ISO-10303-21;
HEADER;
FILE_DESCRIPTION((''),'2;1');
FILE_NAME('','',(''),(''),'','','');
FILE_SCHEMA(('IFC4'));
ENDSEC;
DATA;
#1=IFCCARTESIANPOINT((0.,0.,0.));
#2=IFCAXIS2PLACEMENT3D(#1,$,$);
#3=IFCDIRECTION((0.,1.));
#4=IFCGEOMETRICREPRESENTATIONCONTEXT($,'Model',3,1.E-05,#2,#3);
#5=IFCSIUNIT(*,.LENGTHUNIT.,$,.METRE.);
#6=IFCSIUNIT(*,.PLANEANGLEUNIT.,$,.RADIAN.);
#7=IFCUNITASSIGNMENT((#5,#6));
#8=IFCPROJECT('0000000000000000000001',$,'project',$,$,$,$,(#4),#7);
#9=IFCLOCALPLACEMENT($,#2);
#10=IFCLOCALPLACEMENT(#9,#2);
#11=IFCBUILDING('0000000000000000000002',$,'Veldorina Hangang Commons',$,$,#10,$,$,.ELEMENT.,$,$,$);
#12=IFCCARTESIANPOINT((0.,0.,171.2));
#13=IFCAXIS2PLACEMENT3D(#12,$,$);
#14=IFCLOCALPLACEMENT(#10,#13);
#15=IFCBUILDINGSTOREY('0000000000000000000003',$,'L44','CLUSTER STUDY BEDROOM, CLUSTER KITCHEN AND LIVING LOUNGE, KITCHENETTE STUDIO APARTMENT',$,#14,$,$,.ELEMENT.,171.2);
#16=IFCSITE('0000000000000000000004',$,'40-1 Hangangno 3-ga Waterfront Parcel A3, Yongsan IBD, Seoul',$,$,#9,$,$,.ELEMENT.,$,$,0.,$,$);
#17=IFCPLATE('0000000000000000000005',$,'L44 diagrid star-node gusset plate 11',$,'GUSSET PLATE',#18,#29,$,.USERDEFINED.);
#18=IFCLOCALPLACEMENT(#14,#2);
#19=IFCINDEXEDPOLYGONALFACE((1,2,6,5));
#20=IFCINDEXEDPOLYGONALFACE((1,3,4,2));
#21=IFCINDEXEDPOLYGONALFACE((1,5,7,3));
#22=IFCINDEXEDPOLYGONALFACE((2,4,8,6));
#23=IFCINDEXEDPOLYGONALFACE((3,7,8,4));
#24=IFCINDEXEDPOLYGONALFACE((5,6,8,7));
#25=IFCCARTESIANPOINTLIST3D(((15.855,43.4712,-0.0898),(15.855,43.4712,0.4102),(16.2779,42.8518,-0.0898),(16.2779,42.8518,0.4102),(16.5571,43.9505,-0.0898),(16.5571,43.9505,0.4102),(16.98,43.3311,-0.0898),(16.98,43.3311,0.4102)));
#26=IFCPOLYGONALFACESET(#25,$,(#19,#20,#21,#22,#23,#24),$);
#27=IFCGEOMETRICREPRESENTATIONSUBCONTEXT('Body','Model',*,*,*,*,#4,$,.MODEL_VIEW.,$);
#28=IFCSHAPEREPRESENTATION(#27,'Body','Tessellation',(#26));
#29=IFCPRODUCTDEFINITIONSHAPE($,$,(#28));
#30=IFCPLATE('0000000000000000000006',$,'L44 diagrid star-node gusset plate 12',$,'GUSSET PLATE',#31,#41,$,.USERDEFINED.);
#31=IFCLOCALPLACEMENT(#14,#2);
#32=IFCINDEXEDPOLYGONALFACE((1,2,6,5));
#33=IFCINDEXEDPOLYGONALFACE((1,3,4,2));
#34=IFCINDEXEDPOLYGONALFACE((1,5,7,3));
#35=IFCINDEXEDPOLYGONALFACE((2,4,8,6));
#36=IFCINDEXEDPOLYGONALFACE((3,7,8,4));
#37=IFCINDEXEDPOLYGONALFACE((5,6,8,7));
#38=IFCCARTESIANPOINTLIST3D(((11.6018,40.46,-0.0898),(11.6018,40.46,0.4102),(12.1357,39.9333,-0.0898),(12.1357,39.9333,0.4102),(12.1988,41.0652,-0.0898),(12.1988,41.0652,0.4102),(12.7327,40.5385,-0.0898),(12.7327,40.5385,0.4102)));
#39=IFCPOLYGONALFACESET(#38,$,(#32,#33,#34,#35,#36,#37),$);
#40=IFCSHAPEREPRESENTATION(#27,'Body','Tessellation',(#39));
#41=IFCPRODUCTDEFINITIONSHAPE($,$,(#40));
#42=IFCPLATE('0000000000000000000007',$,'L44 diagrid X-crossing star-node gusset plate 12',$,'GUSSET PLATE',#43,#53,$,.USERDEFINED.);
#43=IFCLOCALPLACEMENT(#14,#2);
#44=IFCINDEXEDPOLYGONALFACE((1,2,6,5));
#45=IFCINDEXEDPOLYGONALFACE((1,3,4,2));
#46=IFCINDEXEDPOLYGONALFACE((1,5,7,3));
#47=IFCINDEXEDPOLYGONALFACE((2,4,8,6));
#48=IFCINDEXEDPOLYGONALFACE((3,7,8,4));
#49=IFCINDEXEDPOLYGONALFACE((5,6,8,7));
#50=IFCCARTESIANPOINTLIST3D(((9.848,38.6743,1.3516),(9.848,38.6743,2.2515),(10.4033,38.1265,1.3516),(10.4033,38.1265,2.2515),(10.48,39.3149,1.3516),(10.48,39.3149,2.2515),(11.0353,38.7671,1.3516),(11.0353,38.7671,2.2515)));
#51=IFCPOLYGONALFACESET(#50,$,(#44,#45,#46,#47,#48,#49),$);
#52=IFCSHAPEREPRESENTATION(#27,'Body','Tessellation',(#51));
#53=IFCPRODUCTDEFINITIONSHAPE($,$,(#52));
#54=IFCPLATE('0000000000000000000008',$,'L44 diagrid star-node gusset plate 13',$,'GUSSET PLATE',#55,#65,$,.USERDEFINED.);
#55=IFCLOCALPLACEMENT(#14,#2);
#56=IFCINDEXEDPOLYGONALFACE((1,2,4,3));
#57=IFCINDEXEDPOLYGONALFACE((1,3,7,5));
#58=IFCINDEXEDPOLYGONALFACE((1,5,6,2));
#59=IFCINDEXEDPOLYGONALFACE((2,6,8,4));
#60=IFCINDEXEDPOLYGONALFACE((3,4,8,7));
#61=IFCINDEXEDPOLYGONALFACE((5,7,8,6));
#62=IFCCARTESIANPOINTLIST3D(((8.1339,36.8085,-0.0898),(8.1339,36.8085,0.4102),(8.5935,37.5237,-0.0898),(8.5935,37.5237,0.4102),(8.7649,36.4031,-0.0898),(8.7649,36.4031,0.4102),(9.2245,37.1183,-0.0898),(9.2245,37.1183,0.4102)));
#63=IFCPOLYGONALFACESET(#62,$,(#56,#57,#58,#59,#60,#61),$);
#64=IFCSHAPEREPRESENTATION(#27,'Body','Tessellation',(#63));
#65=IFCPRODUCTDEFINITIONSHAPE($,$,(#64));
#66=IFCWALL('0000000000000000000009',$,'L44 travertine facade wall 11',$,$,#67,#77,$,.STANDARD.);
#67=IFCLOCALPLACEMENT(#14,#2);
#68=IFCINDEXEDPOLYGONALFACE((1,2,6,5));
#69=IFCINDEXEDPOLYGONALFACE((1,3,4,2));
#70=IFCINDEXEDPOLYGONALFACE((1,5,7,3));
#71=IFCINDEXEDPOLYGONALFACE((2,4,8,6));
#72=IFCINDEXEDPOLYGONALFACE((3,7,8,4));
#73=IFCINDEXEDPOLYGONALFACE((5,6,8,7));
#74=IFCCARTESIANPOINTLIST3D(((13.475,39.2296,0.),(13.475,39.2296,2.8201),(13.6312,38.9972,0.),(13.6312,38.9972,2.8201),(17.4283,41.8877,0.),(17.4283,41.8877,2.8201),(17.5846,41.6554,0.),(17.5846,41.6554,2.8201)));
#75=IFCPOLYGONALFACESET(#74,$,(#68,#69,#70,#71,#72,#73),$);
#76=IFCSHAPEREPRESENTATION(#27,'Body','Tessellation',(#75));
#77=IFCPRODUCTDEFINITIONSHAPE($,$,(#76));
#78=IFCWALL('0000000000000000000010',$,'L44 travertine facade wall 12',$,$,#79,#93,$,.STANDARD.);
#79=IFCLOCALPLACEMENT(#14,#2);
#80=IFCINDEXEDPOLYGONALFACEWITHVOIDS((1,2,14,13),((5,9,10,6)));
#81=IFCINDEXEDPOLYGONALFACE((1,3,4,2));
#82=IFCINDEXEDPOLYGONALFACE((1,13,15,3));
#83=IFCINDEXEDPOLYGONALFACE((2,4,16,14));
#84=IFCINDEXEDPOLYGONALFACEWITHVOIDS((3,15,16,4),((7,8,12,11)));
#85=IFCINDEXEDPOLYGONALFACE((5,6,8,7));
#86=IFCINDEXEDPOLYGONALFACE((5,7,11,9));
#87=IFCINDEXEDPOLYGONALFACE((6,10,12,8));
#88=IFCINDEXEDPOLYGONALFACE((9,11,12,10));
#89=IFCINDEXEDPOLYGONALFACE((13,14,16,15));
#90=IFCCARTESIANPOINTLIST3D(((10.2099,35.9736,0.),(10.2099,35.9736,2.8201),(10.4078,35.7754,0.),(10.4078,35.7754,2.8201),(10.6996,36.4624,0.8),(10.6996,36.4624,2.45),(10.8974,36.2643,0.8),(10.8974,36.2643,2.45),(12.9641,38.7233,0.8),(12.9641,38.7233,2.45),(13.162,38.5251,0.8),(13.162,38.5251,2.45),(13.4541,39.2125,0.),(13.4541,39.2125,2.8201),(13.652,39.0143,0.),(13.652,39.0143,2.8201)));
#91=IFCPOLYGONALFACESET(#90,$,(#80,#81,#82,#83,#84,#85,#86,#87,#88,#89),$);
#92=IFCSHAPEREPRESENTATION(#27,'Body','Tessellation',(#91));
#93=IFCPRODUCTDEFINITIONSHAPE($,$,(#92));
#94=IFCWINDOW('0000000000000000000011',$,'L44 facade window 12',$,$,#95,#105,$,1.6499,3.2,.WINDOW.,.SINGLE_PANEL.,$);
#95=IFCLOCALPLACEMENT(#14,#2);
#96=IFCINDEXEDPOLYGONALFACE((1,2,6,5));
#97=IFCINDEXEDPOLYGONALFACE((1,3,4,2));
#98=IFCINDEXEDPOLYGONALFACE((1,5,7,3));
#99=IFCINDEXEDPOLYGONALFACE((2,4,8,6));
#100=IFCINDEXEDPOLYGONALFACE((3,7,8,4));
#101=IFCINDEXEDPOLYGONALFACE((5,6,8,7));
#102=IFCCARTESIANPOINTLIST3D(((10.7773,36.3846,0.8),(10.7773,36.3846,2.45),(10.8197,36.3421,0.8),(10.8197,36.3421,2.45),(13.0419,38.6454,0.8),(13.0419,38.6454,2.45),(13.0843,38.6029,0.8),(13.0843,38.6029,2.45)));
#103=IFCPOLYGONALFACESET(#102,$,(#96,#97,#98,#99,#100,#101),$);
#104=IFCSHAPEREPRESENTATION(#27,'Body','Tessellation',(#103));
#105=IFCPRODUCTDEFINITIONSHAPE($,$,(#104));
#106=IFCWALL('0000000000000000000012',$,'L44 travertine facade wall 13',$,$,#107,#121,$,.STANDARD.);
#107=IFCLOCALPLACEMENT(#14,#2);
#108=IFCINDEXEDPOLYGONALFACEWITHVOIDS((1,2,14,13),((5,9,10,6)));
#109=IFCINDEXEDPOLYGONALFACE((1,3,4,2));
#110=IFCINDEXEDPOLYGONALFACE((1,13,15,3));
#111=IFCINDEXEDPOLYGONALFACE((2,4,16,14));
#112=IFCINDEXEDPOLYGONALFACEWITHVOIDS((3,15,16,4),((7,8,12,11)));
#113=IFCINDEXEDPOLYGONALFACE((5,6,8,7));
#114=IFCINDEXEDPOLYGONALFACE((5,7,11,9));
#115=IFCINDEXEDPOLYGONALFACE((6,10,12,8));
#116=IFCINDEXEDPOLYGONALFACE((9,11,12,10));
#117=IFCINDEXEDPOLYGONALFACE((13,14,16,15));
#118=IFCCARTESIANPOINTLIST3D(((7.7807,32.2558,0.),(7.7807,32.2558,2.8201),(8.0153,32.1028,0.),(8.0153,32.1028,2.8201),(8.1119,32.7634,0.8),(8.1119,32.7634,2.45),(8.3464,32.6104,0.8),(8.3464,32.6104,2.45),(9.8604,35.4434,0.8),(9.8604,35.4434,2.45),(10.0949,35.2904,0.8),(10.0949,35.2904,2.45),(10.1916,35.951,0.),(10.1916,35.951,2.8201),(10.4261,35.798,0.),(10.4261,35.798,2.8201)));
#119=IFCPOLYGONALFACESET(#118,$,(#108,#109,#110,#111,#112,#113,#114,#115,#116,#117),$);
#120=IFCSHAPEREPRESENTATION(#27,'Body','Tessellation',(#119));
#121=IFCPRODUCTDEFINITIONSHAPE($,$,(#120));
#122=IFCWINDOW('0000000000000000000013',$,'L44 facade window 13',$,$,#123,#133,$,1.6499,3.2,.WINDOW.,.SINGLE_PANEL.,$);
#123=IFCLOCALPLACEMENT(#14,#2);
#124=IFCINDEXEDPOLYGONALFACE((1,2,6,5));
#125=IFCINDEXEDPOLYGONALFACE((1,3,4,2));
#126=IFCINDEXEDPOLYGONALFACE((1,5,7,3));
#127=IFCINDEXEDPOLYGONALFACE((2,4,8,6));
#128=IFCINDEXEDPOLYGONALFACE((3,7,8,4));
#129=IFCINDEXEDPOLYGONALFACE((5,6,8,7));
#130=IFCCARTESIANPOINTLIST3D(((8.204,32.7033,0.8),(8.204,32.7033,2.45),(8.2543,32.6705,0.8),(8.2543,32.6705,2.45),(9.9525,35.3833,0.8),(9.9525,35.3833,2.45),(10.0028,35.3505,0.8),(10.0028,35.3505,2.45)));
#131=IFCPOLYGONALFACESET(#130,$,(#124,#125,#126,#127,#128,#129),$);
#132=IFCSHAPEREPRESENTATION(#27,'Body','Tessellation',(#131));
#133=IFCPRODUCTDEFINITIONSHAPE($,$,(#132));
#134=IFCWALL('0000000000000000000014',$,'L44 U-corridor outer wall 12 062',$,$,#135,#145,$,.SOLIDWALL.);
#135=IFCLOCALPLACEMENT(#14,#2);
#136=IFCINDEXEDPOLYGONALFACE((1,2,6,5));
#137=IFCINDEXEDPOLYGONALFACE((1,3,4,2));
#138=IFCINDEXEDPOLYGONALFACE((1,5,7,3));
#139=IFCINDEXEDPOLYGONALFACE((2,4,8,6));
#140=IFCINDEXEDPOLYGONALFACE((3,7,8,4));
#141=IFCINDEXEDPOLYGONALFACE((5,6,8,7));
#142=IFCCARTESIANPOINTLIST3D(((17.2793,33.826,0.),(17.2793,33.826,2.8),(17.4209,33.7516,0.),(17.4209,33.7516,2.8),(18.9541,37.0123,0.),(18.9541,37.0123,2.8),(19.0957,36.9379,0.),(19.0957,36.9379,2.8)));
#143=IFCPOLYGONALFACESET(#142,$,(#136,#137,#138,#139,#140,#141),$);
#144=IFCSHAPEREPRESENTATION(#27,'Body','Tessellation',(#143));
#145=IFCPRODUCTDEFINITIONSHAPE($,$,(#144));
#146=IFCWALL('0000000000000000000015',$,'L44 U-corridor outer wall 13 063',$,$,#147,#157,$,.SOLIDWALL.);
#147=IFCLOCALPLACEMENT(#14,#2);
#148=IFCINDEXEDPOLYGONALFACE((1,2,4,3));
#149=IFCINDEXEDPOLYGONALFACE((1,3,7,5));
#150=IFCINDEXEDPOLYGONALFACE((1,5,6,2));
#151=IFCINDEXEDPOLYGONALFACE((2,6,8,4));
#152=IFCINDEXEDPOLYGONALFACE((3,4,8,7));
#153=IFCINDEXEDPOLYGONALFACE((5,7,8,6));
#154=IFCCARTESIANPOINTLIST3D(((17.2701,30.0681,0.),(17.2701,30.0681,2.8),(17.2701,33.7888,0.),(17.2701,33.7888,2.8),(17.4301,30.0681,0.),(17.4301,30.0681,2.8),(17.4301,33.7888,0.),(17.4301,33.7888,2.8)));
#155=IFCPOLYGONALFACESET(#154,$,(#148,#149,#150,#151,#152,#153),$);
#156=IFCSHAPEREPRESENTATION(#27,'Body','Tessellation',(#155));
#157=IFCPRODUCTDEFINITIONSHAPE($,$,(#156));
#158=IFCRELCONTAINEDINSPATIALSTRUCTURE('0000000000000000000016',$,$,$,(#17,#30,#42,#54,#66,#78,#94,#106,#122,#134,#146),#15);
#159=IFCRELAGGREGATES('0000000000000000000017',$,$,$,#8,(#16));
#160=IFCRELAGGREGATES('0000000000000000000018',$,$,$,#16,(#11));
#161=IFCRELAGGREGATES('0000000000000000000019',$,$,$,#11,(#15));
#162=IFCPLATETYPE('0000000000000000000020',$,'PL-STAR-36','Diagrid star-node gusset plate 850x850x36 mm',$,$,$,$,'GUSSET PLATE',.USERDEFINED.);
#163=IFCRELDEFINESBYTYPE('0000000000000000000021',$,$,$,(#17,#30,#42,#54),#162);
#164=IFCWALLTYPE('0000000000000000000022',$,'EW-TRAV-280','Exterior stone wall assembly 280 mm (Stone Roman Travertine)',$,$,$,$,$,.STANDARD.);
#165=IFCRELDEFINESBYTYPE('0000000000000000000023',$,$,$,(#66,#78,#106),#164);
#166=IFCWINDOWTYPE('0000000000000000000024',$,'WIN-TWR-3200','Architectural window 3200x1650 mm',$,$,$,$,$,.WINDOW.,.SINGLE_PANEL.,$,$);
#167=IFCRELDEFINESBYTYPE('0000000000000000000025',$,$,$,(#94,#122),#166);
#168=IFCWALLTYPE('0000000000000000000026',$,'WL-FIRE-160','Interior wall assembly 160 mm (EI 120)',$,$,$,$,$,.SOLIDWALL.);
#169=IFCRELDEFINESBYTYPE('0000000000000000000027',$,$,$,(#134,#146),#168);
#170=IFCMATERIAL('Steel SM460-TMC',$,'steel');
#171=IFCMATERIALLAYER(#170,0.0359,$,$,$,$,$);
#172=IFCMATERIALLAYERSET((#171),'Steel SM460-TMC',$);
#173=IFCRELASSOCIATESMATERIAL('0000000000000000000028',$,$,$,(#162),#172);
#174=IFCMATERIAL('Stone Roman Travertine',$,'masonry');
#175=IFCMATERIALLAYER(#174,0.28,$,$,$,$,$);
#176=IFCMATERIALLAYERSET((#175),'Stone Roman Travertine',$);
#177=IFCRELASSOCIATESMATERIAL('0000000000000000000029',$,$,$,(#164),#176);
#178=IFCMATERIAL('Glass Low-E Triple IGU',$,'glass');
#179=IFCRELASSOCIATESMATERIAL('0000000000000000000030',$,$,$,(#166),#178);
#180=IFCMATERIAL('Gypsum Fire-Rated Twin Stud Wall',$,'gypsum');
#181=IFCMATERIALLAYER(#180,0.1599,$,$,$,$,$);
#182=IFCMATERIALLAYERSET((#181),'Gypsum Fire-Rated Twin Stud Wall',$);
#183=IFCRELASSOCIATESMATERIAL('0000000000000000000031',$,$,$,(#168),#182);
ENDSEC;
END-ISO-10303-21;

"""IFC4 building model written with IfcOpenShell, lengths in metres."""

from ifc_helpers import new_model, si_unit, direction, frame, frame_2d, origin, origin_2d, place, context, subcontext, project, spatial, rectangle, extrude, material, layer, layer_set, type_object, element, fill, save


model = new_model("IFC4")

# Units and contexts
model_context = context("Model", 3, precision=1e-05, world=origin(), true_north=direction((0.0, 1.0)))
body_context = subcontext(model_context, "Body", "Model", "MODEL_VIEW")
ifc_project = project(units=[si_unit("LENGTHUNIT", "METRE"), si_unit("PLANEANGLEUNIT", "RADIAN")], contexts=[model_context])

# Site, building, storey
site_placement = place(None, origin())
site = spatial("IfcSite", under=ifc_project, at=site_placement, Name="40-1 Hangangno 3-ga Waterfront Parcel A3, Yongsan IBD, Seoul", CompositionType="ELEMENT", RefElevation=0.0)
building_placement = place(site_placement, origin())
building = spatial("IfcBuilding", under=site, at=building_placement, Name="Veldorina Hangang Commons", CompositionType="ELEMENT")
storey_placement = place(building_placement, frame((0.0, 0.0, 171.2)))
storey = spatial("IfcBuildingStorey", under=building, at=storey_placement, Name="L44", Description="CLUSTER STUDY BEDROOM, CLUSTER KITCHEN AND LIVING LOUNGE, KITCHENETTE STUDIO APARTMENT", CompositionType="ELEMENT", Elevation=171.2)

# Plates
ifc_material_1 = material(Name="Steel SM460-TMC", Category="steel")
ifc_layer_1 = layer(ifc_material_1, 0.0359)
ifc_layer_set_1 = layer_set([ifc_layer_1], Name="Steel SM460-TMC")
plate_type = type_object("IfcPlateType", Name="PL-STAR-36", Description="Diagrid star-node gusset plate 850x850x36 mm", ElementType="GUSSET PLATE", PredefinedType="USERDEFINED", material=ifc_layer_set_1)
for number, where, z_axis, x_axis, name in (
    (1, (16.4175, 43.4011, -0.0898), (0.0, 0.0, 1.0), (-0.825882, -0.563843, 0.0), "L44 diagrid star-node gusset plate 11"),
    (2, (12.1672, 40.4993, -0.0898), (0.0, 0.0, 1.0), (-0.702277, -0.711903, 0.0), "L44 diagrid star-node gusset plate 12"),
):
    element("IfcPlate", number, at=place(storey_placement, frame(where, z_axis=z_axis, x_axis=x_axis)), inside=storey, type_object=plate_type, Name=name, ObjectType="GUSSET PLATE", PredefinedType="USERDEFINED", context=body_context, shape_type="SweptSolid", body=[
        extrude(rectangle(XDim=0.8501, YDim=0.75, at=origin_2d()), origin(), (0.0, 0.0, 1.0), 0.5),
    ])
plate_1_placement = place(storey_placement, frame((10.4417, 38.7207, 1.3516), z_axis=(0.0, 0.0, 1.0), x_axis=(-0.702277, -0.711903, 0.0)))
element("IfcPlate", 3, at=plate_1_placement, inside=storey, type_object=plate_type, Name="L44 diagrid X-crossing star-node gusset plate 12", ObjectType="GUSSET PLATE", PredefinedType="USERDEFINED", context=body_context, shape_type="SweptSolid", body=[
    extrude(rectangle(XDim=0.8999, YDim=0.78, at=origin_2d()), origin(), (0.0, 0.0, 1.0), 0.8999),
])
plate_2_placement = place(storey_placement, frame((8.6792, 36.9634, -0.0898), z_axis=(0.0, 0.0, 1.0), x_axis=(-0.540549, -0.841313, 0.0)))
element("IfcPlate", 4, at=plate_2_placement, inside=storey, type_object=plate_type, Name="L44 diagrid star-node gusset plate 13", ObjectType="GUSSET PLATE", PredefinedType="USERDEFINED", context=body_context, shape_type="SweptSolid", body=[
    extrude(rectangle(XDim=0.8501, YDim=0.75, at=origin_2d()), origin(), (0.0, 0.0, 1.0), 0.5),
])

# Wall
ifc_material_2 = material(Name="Stone Roman Travertine", Category="masonry")
ifc_layer_2 = layer(ifc_material_2, 0.28)
ifc_layer_set_2 = layer_set([ifc_layer_2], Name="Stone Roman Travertine")
wall_type_1 = type_object("IfcWallType", Name="EW-TRAV-280", Description="Exterior stone wall assembly 280 mm (Stone Roman Travertine)", PredefinedType="STANDARD", material=ifc_layer_set_2)
wall_1_placement = place(storey_placement, frame((17.5063, 41.7715, 0.0), z_axis=(0.0, 0.0, 1.0), x_axis=(-0.829852, -0.557984, 0.0)))
element("IfcWall", 5, at=wall_1_placement, inside=storey, type_object=wall_type_1, Name="L44 travertine facade wall 11", PredefinedType="STANDARD", context=body_context, shape_type="SweptSolid", body=[
    extrude(rectangle(XDim=4.7639, YDim=0.28, at=frame_2d((2.3818, 0.0))), origin(), (0.0, 0.0, 1.0), 2.8201),
])

# Walls, openings, windows
wall_2_placement = place(storey_placement, frame((13.553, 39.1133, 0.0), z_axis=(0.0, 0.0, 1.0), x_axis=(-0.707692, -0.706521, 0.0)))
wall_2 = element("IfcWall", 6, at=wall_2_placement, inside=storey, type_object=wall_type_1, Name="L44 travertine facade wall 12", PredefinedType="STANDARD", context=body_context, shape_type="SweptSolid", body=[
    extrude(rectangle(XDim=4.5842, YDim=0.28, at=frame_2d((2.292, 0.0))), origin(), (0.0, 0.0, 1.0), 2.8201),
])
opening_1_placement = place(wall_2_placement, frame((0.6921, 0.0, 0.8)))
opening_1 = element("IfcOpeningElement", 7, at=opening_1_placement, cuts=wall_2, PredefinedType="OPENING", context=body_context, shape_type="SweptSolid", body=[
    extrude(rectangle(XDim=3.2, YDim=1.6499, at=frame_2d((1.6001, 0.825))), frame((0.0, 0.1499, 0.0), z_axis=(0.0, -1.0, 0.0), x_axis=(1.0, 0.0, 0.0)), (0.0, 0.0, 1.0), 0.3),
])
ifc_material_3 = material(Name="Glass Low-E Triple IGU", Category="glass")
window_type = type_object("IfcWindowType", Name="WIN-TWR-3200", Description="Architectural window 3200x1650 mm", PartitioningType="SINGLE_PANEL", PredefinedType="WINDOW", material=ifc_material_3)
window_1_placement = place(opening_1_placement, origin())
window_1 = element("IfcWindow", 8, at=window_1_placement, inside=storey, type_object=window_type, Name="L44 facade window 12", OverallHeight=1.6499, OverallWidth=3.2, PartitioningType="SINGLE_PANEL", PredefinedType="WINDOW", context=body_context, shape_type="SweptSolid", body=[
    extrude(rectangle(XDim=3.2, YDim=1.6499, at=frame_2d((1.6001, 0.825))), frame((0.0, 0.03, 0.0), z_axis=(0.0, -1.0, 0.0), x_axis=(1.0, 0.0, 0.0)), (0.0, 0.0, 1.0), 0.0601),
])
fill(opening_1, window_1)
wall_3_placement = place(storey_placement, frame((10.3088, 35.8745, 0.0), z_axis=(0.0, 0.0, 1.0), x_axis=(-0.546411, -0.837517, 0.0)))
wall_3 = element("IfcWall", 9, at=wall_3_placement, inside=storey, type_object=wall_type_1, Name="L44 travertine facade wall 13", PredefinedType="STANDARD", context=body_context, shape_type="SweptSolid", body=[
    extrude(rectangle(XDim=4.4121, YDim=0.28, at=frame_2d((2.2061, 0.0))), origin(), (0.0, 0.0, 1.0), 2.8201),
])
opening_2_placement = place(wall_3_placement, frame((0.606, 0.0, 0.8)))
opening_2 = element("IfcOpeningElement", 10, at=opening_2_placement, cuts=wall_3, PredefinedType="OPENING", context=body_context, shape_type="SweptSolid", body=[
    extrude(rectangle(XDim=3.2, YDim=1.6499, at=frame_2d((1.6001, 0.825))), frame((0.0, 0.1499, 0.0), z_axis=(0.0, -1.0, 0.0), x_axis=(1.0, 0.0, 0.0)), (0.0, 0.0, 1.0), 0.3),
])
window_2_placement = place(opening_2_placement, origin())
window_2 = element("IfcWindow", 11, at=window_2_placement, inside=storey, type_object=window_type, Name="L44 facade window 13", OverallHeight=1.6499, OverallWidth=3.2, PartitioningType="SINGLE_PANEL", PredefinedType="WINDOW", context=body_context, shape_type="SweptSolid", body=[
    extrude(rectangle(XDim=3.2, YDim=1.6499, at=frame_2d((1.6001, 0.825))), frame((0.0, 0.03, 0.0), z_axis=(0.0, -1.0, 0.0), x_axis=(1.0, 0.0, 0.0)), (0.0, 0.0, 1.0), 0.0601),
])
fill(opening_2, window_2)

# Walls
ifc_material_4 = material(Name="Gypsum Fire-Rated Twin Stud Wall", Category="gypsum")
ifc_layer_3 = layer(ifc_material_4, 0.1599)
ifc_layer_set_3 = layer_set([ifc_layer_3], Name="Gypsum Fire-Rated Twin Stud Wall")
wall_type_2 = type_object("IfcWallType", Name="WL-FIRE-160", Description="Interior wall assembly 160 mm (EI 120)", PredefinedType="SOLIDWALL", material=ifc_layer_set_3)
wall_4_placement = place(storey_placement, frame((19.0249, 36.9751, 0.0), z_axis=(0.0, 0.0, 1.0), x_axis=(-0.465271, -0.885168, 0.0)))
element("IfcWall", 12, at=wall_4_placement, inside=storey, type_object=wall_type_2, Name="L44 U-corridor outer wall 12 062", PredefinedType="SOLIDWALL", context=body_context, shape_type="SweptSolid", body=[
    extrude(rectangle(XDim=3.5996, YDim=0.1599, at=frame_2d((1.7998, 0.0))), origin(), (0.0, 0.0, 1.0), 2.8),
])
wall_5_placement = place(storey_placement, frame((17.3501, 33.7888, 0.0), z_axis=(0.0, 0.0, 1.0), x_axis=(0.0, -1.0, 0.0)))
element("IfcWall", 13, at=wall_5_placement, inside=storey, type_object=wall_type_2, Name="L44 U-corridor outer wall 13 063", PredefinedType="SOLIDWALL", context=body_context, shape_type="SweptSolid", body=[
    extrude(rectangle(XDim=3.7207, YDim=0.1599, at=frame_2d((1.8604, 0.0))), origin(), (0.0, 0.0, 1.0), 2.8),
])

save(model, "model.ifc")
